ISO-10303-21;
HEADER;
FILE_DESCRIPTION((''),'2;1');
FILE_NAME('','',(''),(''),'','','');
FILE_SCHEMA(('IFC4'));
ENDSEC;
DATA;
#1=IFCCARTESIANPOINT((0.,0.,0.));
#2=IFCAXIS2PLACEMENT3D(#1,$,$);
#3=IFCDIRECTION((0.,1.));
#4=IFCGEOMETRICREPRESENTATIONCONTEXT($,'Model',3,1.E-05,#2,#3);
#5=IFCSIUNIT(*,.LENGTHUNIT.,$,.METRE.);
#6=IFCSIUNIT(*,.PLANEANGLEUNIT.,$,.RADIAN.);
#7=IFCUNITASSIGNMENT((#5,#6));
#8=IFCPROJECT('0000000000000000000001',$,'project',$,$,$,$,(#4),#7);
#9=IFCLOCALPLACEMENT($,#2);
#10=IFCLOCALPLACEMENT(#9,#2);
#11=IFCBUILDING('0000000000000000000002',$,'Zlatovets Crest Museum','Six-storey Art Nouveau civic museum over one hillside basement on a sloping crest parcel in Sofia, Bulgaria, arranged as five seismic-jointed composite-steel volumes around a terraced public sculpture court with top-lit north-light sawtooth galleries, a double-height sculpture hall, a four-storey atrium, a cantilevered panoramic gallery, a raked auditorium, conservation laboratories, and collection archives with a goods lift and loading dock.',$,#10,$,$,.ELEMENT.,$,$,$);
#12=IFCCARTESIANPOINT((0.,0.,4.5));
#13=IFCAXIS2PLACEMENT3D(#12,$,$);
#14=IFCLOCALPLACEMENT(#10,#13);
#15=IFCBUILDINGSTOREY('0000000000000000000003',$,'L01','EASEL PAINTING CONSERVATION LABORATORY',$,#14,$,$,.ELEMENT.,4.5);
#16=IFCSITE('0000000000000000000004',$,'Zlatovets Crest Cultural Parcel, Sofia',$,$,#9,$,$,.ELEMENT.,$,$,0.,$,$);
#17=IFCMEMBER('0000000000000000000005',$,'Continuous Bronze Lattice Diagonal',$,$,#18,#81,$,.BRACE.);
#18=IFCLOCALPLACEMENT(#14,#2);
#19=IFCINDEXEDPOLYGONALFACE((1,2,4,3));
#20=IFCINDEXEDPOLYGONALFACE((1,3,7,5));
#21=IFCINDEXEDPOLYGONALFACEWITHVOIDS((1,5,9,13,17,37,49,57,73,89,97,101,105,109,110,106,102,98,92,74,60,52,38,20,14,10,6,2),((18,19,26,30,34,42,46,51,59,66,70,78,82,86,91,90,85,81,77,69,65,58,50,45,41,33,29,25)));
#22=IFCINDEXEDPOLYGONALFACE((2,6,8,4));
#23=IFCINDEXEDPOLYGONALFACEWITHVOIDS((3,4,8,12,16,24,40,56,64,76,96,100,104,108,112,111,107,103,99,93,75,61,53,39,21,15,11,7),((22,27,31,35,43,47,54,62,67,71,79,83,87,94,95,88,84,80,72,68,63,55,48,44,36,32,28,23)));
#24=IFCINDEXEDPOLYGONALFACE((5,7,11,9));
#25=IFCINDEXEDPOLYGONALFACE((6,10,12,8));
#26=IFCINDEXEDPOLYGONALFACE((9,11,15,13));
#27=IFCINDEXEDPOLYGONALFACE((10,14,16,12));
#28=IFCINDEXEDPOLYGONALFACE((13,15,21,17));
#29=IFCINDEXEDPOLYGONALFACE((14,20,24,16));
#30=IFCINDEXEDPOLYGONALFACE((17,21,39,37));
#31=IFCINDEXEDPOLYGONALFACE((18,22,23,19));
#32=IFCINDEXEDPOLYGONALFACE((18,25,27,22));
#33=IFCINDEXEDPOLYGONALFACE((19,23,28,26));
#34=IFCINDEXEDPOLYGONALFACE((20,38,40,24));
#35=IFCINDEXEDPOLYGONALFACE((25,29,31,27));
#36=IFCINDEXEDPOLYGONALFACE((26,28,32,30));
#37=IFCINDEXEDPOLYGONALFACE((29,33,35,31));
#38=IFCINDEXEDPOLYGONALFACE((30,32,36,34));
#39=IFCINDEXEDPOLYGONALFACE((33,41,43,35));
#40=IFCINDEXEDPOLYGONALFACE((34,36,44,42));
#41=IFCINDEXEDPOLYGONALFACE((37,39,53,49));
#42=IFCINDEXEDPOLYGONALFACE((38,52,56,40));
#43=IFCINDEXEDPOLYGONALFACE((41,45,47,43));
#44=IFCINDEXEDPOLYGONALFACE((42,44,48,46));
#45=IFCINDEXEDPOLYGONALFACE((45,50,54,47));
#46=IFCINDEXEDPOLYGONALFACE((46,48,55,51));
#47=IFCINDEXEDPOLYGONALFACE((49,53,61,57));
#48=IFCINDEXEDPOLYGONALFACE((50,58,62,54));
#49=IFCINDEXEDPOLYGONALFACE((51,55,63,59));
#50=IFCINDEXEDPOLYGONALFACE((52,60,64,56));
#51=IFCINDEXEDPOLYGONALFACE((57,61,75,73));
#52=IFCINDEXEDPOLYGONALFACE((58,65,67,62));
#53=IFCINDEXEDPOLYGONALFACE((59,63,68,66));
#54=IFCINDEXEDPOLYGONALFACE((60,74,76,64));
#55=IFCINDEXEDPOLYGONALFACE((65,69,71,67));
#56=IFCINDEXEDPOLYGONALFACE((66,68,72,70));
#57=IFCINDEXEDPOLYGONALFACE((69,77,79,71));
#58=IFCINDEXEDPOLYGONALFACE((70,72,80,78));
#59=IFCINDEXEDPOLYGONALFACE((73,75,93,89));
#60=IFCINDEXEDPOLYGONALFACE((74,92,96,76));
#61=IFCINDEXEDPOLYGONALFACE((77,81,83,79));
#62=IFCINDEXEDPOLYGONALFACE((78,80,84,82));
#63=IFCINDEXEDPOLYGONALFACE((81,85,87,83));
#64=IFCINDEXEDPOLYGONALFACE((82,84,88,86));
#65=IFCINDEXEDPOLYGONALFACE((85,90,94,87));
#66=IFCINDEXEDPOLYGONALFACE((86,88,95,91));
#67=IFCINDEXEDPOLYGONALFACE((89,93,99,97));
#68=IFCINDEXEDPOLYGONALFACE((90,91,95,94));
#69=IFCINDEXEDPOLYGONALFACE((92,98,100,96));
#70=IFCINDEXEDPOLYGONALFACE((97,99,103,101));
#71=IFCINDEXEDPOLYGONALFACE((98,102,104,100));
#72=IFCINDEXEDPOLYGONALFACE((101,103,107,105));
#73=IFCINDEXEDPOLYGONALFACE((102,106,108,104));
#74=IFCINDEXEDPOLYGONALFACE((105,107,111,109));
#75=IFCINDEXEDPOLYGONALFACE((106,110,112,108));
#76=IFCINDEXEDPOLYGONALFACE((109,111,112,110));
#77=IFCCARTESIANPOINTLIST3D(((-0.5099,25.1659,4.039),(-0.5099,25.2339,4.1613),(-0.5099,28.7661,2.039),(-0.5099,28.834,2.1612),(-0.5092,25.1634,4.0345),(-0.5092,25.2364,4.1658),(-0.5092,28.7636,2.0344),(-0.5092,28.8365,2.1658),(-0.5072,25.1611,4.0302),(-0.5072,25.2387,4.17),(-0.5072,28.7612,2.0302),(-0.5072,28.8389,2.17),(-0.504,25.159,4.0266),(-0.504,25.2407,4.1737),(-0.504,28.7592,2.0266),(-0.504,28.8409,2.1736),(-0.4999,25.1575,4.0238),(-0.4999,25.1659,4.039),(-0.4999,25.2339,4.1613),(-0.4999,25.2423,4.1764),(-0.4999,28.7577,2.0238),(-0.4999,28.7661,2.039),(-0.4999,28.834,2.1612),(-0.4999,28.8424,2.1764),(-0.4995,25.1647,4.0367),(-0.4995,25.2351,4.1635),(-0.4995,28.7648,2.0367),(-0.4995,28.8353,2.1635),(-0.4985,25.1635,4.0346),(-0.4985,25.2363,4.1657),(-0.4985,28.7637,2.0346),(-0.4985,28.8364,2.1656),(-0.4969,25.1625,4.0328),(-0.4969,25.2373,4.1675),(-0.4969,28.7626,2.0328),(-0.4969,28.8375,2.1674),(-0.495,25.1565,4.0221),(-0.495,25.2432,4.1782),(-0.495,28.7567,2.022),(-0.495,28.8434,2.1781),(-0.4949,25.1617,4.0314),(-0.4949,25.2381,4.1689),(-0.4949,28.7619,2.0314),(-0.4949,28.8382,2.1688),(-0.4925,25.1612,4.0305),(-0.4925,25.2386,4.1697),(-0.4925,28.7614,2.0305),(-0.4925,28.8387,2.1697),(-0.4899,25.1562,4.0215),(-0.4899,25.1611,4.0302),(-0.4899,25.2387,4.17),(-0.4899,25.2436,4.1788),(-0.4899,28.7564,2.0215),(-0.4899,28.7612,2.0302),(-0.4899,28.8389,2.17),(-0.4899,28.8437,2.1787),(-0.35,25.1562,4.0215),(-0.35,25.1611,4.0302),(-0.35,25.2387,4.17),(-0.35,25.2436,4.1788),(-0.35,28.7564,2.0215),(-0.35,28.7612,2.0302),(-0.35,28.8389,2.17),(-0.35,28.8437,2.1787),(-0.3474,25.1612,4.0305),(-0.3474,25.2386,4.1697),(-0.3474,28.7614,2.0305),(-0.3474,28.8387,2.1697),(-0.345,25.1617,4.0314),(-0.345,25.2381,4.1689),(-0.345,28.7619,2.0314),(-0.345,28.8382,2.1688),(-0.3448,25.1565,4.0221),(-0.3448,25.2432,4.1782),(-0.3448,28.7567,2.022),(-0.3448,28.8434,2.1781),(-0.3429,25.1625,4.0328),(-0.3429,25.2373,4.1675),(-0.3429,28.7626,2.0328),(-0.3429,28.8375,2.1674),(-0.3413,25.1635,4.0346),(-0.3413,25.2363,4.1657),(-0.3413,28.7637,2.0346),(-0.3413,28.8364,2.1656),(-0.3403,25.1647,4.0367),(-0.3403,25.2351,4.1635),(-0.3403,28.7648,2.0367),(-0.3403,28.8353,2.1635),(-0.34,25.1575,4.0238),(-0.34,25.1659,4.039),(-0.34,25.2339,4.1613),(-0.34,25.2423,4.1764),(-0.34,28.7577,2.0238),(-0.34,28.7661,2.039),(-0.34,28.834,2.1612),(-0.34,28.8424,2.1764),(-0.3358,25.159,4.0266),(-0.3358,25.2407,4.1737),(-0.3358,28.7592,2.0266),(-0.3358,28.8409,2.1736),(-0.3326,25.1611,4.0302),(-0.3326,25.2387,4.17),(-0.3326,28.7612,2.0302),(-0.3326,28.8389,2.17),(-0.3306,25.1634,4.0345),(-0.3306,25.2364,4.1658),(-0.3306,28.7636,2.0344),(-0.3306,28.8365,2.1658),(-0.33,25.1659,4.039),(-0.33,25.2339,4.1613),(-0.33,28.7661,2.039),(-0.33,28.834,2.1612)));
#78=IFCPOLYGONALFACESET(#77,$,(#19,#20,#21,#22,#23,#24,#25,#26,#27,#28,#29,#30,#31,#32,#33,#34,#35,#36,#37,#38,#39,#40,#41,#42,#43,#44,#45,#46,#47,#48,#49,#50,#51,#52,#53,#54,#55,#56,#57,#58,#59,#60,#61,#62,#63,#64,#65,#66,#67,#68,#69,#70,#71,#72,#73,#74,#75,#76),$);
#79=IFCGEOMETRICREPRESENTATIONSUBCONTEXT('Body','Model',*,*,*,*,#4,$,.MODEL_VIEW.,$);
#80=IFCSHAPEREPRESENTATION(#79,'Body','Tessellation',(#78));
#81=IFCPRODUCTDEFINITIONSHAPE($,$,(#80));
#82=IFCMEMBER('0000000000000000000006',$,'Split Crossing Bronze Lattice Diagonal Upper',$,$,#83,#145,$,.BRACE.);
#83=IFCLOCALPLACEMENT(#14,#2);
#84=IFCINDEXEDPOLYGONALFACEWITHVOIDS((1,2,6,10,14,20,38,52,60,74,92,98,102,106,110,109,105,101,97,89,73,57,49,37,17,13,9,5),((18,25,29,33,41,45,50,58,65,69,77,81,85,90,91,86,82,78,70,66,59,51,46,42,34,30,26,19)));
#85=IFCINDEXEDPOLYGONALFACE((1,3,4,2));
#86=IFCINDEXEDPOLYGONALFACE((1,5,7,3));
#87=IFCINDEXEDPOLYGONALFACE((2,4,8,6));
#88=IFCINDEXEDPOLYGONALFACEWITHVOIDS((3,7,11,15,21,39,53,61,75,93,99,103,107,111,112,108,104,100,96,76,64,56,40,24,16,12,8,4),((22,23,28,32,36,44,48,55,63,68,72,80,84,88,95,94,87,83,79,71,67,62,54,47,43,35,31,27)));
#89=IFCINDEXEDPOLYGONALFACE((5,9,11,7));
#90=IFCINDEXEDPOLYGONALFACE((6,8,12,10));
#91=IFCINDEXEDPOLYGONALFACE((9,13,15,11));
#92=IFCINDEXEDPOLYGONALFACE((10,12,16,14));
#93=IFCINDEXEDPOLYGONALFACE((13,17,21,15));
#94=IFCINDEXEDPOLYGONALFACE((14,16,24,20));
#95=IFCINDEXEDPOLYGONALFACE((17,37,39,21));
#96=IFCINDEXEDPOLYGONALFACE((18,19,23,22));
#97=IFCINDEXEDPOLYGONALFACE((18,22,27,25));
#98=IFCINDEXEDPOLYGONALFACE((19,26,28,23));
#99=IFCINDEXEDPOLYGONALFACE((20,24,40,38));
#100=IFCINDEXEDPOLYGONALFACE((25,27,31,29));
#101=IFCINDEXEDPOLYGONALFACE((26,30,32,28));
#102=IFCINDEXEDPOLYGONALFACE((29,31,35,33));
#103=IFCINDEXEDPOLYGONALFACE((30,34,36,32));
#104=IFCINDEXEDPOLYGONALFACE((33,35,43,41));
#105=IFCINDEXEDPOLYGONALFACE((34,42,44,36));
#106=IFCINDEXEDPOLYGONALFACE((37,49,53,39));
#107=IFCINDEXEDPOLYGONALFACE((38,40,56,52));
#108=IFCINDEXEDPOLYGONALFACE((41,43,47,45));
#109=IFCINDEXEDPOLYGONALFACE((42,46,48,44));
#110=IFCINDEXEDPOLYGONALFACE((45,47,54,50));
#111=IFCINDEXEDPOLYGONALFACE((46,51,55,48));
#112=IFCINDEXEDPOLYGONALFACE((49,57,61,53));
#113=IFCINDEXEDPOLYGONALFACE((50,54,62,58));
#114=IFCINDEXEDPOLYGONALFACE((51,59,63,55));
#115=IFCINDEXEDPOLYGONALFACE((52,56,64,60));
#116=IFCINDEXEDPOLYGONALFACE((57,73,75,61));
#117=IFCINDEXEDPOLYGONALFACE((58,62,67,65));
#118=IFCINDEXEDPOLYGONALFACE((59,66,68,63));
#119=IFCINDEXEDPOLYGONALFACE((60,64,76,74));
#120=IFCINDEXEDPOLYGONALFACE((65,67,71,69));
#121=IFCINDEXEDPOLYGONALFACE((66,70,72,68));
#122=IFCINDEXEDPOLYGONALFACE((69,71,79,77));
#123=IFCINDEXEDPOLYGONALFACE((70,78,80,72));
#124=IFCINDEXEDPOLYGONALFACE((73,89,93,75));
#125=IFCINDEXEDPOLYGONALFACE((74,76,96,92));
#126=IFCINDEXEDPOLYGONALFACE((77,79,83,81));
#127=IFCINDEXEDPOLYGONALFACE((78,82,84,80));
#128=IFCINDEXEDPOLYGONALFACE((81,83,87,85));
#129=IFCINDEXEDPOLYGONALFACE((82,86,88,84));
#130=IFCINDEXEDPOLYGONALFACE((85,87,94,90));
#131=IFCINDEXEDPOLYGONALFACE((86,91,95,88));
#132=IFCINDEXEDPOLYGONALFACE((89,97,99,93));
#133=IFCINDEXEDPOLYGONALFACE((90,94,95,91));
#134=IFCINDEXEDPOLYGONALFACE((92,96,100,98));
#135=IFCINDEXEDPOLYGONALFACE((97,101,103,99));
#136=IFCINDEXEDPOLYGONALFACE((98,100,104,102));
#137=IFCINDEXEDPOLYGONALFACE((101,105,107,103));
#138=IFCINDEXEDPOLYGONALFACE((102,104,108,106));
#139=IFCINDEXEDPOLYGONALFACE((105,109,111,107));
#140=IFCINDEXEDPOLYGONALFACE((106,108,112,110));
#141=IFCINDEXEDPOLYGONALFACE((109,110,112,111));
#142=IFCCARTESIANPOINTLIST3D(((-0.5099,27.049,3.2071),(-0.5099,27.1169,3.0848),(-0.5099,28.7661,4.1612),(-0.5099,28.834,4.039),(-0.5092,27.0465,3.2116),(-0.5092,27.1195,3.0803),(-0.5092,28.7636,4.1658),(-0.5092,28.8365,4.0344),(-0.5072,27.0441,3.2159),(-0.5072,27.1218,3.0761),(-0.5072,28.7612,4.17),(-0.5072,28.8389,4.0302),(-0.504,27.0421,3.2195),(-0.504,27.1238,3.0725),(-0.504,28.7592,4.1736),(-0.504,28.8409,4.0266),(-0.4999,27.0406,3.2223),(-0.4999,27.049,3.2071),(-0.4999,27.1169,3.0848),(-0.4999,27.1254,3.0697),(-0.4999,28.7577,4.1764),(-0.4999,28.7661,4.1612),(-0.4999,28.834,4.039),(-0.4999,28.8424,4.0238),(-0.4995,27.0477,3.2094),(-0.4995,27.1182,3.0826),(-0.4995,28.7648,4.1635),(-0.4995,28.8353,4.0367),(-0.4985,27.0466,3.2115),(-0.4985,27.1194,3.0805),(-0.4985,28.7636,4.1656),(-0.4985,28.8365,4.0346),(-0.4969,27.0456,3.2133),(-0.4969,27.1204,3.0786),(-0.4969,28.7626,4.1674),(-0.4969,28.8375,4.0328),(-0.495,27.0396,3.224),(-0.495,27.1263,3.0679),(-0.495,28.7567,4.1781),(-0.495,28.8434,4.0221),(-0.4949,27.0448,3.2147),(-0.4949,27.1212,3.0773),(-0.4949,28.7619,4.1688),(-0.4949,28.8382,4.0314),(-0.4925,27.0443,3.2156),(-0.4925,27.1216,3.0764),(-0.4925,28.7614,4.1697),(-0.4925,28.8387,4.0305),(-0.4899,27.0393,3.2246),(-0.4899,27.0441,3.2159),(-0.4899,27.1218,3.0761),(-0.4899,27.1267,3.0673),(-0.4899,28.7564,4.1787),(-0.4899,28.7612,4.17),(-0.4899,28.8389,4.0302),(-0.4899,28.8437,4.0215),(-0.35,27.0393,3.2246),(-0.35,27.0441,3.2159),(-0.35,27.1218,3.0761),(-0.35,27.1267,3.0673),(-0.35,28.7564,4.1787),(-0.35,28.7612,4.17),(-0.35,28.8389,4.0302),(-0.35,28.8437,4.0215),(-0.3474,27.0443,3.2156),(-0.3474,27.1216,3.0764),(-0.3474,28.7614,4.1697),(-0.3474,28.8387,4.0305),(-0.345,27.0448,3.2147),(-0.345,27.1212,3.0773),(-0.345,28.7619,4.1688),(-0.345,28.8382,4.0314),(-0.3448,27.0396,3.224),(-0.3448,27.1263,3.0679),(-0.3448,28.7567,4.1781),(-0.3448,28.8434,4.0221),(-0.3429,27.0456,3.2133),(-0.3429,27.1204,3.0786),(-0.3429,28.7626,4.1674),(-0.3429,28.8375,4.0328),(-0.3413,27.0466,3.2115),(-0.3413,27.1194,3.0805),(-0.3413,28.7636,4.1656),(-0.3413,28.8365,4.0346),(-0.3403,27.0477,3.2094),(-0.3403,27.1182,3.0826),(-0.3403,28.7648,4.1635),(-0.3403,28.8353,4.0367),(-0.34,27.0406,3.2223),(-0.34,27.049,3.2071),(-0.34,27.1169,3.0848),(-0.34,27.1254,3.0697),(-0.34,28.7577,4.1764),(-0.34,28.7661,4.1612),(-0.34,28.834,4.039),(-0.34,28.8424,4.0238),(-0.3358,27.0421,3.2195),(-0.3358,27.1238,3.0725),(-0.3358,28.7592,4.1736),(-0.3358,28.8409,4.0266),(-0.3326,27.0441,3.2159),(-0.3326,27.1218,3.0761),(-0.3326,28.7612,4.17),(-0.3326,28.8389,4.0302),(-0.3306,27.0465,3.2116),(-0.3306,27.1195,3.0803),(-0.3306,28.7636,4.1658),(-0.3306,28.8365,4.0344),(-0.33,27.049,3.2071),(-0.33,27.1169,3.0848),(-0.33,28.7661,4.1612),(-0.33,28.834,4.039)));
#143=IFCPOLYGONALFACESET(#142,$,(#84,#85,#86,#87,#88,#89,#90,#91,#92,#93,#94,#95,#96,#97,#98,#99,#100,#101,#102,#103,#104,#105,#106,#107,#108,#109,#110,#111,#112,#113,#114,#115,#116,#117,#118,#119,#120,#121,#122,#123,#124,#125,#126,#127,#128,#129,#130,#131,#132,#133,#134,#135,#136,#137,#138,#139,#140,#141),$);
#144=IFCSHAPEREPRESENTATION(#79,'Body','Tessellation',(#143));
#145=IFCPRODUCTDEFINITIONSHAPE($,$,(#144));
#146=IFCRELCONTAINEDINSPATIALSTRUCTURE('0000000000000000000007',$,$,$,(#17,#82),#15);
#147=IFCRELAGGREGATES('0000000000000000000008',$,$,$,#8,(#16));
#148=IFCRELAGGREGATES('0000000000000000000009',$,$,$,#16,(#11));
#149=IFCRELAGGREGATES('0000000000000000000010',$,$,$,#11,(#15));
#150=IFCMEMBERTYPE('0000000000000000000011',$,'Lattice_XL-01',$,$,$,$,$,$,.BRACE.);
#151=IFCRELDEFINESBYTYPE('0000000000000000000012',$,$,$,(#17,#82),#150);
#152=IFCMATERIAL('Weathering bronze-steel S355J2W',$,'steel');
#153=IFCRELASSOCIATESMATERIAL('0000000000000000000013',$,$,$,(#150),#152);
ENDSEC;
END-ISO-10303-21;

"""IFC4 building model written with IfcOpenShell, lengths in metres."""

from ifc_helpers import new_model, si_unit, direction, frame, origin, origin_2d, place, context, subcontext, project, spatial, hollow_rectangle, extrude, material, material_profile, profile_set, type_object, element, save


model = new_model("IFC4")

# Units and contexts
model_context = context("Model", 3, precision=1e-05, world=origin(), true_north=direction((0.0, 1.0)))
body_context = subcontext(model_context, "Body", "Model", "MODEL_VIEW")
ifc_project = project(units=[si_unit("LENGTHUNIT", "METRE"), si_unit("PLANEANGLEUNIT", "RADIAN")], contexts=[model_context])

# Site, building, storey
site_placement = place(None, origin())
site = spatial("IfcSite", under=ifc_project, at=site_placement, Name="Zlatovets Crest Cultural Parcel, Sofia", CompositionType="ELEMENT", RefElevation=0.0)
building_placement = place(site_placement, origin())
building = spatial("IfcBuilding", under=site, at=building_placement, Name="Zlatovets Crest Museum", Description="Six-storey Art Nouveau civic museum over one hillside basement on a sloping crest parcel in Sofia, Bulgaria, arranged as five seismic-jointed composite-steel volumes around a terraced public sculpture court with top-lit north-light sawtooth galleries, a double-height sculpture hall, a four-storey atrium, a cantilevered panoramic gallery, a raked auditorium, conservation laboratories, and collection archives with a goods lift and loading dock.", CompositionType="ELEMENT")
storey_placement = place(building_placement, frame((0.0, 0.0, 4.5)))
storey = spatial("IfcBuildingStorey", under=building, at=storey_placement, Name="L01", Description="EASEL PAINTING CONSERVATION LABORATORY", CompositionType="ELEMENT", Elevation=4.5)

# Members
ifc_material_1 = material(Name="Weathering bronze-steel S355J2W", Category="steel")
ifc_material_profile_1 = material_profile(ifc_material_1, hollow_rectangle(XDim=0.1799, YDim=0.1799, WallThickness=0.01, InnerFilletRadius=0.01, OuterFilletRadius=0.02, at=origin_2d()), Name="SHS 180x180x10.0")
ifc_profile_set_1 = profile_set([ifc_material_profile_1], Name="Weathering bronze-steel S355J2W")
member_type_1 = type_object("IfcMemberType", Name="Lattice_XL-01", PredefinedType="BRACE", material=ifc_profile_set_1)
member_1_placement = place(storey_placement, frame((-0.4199, 28.8, 2.1001), z_axis=(0.0, -0.874163, 0.485633), x_axis=(1.0, 0.0, 0.0)))
element("IfcMember", 1, at=member_1_placement, inside=storey, type_object=member_type_1, Name="Continuous Bronze Lattice Diagonal", PredefinedType="BRACE", context=body_context, shape_type="SweptSolid", body=[
    extrude(hollow_rectangle(XDim=0.1799, YDim=0.1799, WallThickness=0.01, InnerFilletRadius=0.01, OuterFilletRadius=0.02, at=origin_2d()), origin(), (0.0, 0.0, 1.0), 4.1184),
])
member_2_placement = place(storey_placement, frame((-0.4199, 28.8, 4.1001), z_axis=(0.0, -0.874116, -0.485717), x_axis=(1.0, 0.0, 0.0)))
element("IfcMember", 2, at=member_2_placement, inside=storey, type_object=member_type_1, Name="Split Crossing Bronze Lattice Diagonal Upper", PredefinedType="BRACE", context=body_context, shape_type="SweptSolid", body=[
    extrude(hollow_rectangle(XDim=0.1799, YDim=0.1799, WallThickness=0.01, InnerFilletRadius=0.01, OuterFilletRadius=0.02, at=origin_2d()), origin(), (0.0, 0.0, 1.0), 1.9644),
])

save(model, "model.ifc")
